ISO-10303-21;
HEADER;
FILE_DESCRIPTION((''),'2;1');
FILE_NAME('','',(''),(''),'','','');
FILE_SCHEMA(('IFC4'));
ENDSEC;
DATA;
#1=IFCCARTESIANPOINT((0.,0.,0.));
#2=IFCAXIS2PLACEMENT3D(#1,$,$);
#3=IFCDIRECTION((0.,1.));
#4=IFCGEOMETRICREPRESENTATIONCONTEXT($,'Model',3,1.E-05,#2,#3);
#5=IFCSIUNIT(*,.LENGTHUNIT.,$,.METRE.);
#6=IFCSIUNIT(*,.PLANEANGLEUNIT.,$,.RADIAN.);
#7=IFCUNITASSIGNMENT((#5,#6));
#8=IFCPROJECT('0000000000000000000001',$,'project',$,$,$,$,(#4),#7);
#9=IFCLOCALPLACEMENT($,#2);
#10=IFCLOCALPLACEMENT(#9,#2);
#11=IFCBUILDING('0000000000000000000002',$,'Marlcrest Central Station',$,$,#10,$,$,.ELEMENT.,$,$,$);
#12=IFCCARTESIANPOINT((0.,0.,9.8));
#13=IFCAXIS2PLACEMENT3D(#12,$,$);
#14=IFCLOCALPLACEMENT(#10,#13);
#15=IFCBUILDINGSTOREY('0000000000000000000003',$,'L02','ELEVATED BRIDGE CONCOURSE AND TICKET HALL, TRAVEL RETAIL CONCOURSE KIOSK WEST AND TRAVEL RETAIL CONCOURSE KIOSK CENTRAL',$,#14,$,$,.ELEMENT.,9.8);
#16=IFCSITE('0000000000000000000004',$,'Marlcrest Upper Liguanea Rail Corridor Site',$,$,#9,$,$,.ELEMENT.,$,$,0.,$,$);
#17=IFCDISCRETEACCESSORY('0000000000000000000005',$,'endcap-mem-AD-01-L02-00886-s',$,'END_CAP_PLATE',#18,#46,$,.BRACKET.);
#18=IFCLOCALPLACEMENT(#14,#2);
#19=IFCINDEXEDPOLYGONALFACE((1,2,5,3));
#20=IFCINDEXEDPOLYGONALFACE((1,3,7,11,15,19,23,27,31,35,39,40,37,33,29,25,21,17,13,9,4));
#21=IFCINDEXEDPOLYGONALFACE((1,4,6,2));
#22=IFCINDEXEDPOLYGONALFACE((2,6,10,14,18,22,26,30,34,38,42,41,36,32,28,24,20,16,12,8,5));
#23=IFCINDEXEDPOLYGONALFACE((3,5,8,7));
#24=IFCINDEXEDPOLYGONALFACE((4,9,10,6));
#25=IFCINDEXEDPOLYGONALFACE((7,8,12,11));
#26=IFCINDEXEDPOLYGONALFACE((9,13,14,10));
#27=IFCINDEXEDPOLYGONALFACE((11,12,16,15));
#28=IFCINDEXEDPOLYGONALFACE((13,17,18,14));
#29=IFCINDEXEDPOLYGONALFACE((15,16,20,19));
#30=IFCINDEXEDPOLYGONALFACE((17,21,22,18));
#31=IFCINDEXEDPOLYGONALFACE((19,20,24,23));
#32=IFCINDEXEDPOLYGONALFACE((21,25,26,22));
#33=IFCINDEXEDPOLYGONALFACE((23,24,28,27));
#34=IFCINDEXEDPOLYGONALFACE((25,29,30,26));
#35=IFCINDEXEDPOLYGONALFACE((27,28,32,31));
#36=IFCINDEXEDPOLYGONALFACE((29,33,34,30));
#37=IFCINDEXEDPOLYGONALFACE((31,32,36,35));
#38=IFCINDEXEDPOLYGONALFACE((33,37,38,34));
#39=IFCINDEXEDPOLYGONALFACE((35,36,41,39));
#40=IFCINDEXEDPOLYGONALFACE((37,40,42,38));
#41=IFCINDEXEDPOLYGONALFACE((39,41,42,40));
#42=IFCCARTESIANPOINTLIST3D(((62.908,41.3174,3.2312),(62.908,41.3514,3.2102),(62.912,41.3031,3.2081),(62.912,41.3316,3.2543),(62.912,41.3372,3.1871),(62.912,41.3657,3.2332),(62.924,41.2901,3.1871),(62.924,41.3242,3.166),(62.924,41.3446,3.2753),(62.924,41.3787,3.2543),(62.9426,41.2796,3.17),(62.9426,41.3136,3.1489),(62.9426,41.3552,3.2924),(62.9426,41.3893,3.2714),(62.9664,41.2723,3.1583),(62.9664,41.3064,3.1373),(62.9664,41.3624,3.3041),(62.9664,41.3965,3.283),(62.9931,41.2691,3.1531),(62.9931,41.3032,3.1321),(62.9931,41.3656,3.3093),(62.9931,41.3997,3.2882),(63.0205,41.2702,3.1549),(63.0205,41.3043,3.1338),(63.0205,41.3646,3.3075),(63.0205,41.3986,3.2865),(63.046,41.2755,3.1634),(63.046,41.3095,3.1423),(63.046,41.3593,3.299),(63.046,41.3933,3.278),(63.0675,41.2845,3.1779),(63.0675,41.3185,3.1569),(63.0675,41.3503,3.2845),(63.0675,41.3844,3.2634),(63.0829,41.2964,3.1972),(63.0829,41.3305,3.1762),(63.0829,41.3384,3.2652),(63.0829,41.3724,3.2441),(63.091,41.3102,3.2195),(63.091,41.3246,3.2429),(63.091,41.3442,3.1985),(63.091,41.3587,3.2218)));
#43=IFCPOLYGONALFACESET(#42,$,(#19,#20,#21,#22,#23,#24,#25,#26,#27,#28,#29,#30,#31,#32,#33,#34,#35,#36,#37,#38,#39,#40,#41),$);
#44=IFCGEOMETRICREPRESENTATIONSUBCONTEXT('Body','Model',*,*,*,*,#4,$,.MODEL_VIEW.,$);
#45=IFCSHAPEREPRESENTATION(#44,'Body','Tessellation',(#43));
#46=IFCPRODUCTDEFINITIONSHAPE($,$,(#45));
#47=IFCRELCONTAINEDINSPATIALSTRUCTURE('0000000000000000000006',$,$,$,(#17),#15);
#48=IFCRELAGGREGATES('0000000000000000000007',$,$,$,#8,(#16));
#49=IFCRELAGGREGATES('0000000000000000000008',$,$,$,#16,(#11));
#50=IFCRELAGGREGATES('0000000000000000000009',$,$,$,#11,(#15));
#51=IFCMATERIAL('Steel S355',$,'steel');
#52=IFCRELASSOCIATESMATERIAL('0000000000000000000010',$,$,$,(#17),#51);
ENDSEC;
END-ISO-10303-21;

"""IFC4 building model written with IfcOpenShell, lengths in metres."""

from ifc_helpers import new_model, si_unit, direction, frame, origin, origin_2d, place, context, subcontext, project, spatial, circle, extrude, material, element, save


model = new_model("IFC4")

# Units and contexts
model_context = context("Model", 3, precision=1e-05, world=origin(), true_north=direction((0.0, 1.0)))
body_context = subcontext(model_context, "Body", "Model", "MODEL_VIEW")
ifc_project = project(units=[si_unit("LENGTHUNIT", "METRE"), si_unit("PLANEANGLEUNIT", "RADIAN")], contexts=[model_context])

# Site, building, storey
site_placement = place(None, origin())
site = spatial("IfcSite", under=ifc_project, at=site_placement, Name="Marlcrest Upper Liguanea Rail Corridor Site", CompositionType="ELEMENT", RefElevation=0.0)
building_placement = place(site_placement, origin())
building = spatial("IfcBuilding", under=site, at=building_placement, Name="Marlcrest Central Station", CompositionType="ELEMENT")
storey_placement = place(building_placement, frame((0.0, 0.0, 9.8)))
storey = spatial("IfcBuildingStorey", under=building, at=storey_placement, Name="L02", Description="ELEVATED BRIDGE CONCOURSE AND TICKET HALL, TRAVEL RETAIL CONCOURSE KIOSK WEST AND TRAVEL RETAIL CONCOURSE KIOSK CENTRAL", CompositionType="ELEMENT", Elevation=9.8)

# Shared definitions
ifc_material_1 = material(Name="Steel S355", Category="steel")

# Discrete accessory
discrete_accessory_1_placement = place(storey_placement, frame((63.0, 41.3174, 3.2312), z_axis=(0.0, 0.850687, -0.525672), x_axis=(-1.0, 0.0, 0.0)))
element("IfcDiscreteAccessory", 1, at=discrete_accessory_1_placement, inside=storey, material=ifc_material_1, Name="endcap-mem-AD-01-L02-00886-s", ObjectType="END_CAP_PLATE", PredefinedType="BRACKET", context=body_context, shape_type="SweptSolid", body=[
    extrude(circle(Radius=0.092, at=origin_2d()), origin(), (0.0, 0.0, 1.0), 0.04),
])

save(model, "model.ifc")
